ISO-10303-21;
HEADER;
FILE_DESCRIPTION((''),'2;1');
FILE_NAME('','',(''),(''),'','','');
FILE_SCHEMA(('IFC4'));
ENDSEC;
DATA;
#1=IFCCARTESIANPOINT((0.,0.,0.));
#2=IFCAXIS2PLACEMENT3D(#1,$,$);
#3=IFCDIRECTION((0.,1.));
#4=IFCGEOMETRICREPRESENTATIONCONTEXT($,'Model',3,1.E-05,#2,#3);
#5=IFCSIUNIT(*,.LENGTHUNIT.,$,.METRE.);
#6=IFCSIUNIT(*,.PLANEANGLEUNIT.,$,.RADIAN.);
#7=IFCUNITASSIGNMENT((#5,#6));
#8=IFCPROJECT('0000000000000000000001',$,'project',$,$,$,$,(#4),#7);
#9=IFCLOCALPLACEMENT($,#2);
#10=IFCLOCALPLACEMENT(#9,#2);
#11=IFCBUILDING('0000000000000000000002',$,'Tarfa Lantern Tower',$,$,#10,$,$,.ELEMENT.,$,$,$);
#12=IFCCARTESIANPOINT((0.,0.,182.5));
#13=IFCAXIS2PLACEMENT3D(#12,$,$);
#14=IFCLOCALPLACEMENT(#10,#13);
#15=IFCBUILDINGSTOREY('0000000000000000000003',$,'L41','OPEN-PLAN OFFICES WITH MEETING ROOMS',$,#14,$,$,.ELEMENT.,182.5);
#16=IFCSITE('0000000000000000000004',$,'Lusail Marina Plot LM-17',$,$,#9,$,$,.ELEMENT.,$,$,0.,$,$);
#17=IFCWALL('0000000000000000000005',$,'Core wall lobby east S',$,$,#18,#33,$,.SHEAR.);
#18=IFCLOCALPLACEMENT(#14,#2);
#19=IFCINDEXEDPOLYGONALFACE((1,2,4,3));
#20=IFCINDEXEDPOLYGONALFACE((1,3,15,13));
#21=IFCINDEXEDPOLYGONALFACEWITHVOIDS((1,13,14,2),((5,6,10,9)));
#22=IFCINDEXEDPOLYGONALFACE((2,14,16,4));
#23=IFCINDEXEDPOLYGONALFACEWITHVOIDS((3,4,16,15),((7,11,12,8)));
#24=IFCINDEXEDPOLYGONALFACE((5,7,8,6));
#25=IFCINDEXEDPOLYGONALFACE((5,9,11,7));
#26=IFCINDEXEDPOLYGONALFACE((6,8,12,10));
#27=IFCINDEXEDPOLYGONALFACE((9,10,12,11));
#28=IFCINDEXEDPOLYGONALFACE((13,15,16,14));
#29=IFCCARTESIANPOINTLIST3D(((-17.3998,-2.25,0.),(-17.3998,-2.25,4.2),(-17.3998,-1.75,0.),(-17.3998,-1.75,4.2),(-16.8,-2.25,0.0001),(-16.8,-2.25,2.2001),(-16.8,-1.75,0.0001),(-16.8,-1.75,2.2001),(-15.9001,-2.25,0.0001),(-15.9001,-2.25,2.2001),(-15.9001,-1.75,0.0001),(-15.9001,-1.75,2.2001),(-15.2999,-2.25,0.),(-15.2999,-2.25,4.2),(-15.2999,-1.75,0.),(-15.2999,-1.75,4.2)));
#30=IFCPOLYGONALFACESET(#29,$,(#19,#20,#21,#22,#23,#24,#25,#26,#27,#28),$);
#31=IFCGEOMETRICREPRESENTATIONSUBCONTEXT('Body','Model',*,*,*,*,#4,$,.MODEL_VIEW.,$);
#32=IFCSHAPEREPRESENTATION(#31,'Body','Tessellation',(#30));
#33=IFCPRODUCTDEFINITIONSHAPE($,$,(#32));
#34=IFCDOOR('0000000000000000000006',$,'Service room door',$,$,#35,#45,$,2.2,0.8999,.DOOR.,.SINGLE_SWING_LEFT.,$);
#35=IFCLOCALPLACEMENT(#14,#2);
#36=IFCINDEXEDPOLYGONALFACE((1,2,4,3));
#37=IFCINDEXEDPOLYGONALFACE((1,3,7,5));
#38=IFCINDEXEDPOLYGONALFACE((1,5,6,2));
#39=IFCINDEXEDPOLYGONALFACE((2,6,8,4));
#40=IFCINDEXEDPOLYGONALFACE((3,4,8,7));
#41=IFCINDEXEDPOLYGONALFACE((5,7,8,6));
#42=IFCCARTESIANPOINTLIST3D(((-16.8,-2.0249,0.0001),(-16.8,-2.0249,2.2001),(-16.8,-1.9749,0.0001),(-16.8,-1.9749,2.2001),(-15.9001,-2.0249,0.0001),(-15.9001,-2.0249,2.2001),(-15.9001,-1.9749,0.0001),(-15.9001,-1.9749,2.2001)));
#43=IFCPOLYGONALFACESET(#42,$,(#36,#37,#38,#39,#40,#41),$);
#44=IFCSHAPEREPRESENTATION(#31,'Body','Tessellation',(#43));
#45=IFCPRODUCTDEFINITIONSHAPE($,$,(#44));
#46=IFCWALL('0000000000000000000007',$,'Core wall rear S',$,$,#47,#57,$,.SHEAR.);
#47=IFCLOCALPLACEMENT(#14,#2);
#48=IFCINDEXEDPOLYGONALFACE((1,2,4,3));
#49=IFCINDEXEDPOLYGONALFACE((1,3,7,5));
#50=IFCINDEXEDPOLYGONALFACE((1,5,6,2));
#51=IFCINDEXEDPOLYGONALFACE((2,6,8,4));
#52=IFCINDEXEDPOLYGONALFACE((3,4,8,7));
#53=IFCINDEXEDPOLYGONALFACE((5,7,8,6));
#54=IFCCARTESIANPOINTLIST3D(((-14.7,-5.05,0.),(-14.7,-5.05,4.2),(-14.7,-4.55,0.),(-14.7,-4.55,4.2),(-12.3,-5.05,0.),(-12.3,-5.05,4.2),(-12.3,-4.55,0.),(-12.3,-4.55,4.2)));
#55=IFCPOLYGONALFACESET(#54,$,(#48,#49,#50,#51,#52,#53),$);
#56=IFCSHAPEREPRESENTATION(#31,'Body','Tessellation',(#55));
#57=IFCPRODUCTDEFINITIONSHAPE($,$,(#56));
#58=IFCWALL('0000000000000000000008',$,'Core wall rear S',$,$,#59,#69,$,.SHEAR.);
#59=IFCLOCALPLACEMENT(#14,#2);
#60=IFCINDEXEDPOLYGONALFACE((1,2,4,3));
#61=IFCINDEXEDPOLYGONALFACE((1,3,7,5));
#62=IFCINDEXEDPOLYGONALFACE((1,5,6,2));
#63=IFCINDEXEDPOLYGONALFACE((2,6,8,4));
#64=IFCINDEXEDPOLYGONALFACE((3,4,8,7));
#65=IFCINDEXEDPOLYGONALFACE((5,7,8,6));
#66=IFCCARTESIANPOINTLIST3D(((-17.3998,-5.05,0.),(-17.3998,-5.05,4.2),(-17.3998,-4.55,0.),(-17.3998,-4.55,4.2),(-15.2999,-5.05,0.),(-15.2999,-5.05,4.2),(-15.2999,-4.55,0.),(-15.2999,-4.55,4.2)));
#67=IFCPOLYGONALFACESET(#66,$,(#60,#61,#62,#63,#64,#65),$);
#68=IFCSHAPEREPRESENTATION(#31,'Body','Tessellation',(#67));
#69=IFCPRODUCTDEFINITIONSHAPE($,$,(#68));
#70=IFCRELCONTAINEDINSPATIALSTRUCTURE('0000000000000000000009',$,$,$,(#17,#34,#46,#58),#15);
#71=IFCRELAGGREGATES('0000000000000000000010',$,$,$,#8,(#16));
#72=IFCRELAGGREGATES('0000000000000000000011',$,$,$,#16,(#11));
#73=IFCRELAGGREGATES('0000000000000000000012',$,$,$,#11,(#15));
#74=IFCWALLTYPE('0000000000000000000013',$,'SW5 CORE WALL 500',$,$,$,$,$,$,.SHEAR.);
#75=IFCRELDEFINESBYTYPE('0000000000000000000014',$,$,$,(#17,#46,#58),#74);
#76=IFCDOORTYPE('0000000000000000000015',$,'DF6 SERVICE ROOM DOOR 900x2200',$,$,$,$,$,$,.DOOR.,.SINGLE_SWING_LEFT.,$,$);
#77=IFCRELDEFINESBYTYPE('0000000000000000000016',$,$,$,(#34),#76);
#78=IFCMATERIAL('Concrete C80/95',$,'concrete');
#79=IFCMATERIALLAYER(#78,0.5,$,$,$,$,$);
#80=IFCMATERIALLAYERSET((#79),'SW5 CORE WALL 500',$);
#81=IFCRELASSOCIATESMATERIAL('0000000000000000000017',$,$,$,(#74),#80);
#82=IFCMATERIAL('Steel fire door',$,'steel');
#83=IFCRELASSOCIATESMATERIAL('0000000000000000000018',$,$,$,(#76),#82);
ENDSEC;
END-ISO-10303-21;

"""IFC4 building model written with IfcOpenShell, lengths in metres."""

from ifc_helpers import new_model, si_unit, direction, frame, frame_2d, origin, place, context, subcontext, project, spatial, rectangle, extrude, material, layer, layer_set, type_object, element, fill, save


model = new_model("IFC4")

# Units and contexts
model_context = context("Model", 3, precision=1e-05, world=origin(), true_north=direction((0.0, 1.0)))
body_context = subcontext(model_context, "Body", "Model", "MODEL_VIEW")
ifc_project = project(units=[si_unit("LENGTHUNIT", "METRE"), si_unit("PLANEANGLEUNIT", "RADIAN")], contexts=[model_context])

# Site, building, storey
site_placement = place(None, origin())
site = spatial("IfcSite", under=ifc_project, at=site_placement, Name="Lusail Marina Plot LM-17", CompositionType="ELEMENT", RefElevation=0.0)
building_placement = place(site_placement, origin())
building = spatial("IfcBuilding", under=site, at=building_placement, Name="Tarfa Lantern Tower", CompositionType="ELEMENT")
storey_placement = place(building_placement, frame((0.0, 0.0, 182.5)))
storey = spatial("IfcBuildingStorey", under=building, at=storey_placement, Name="L41", Description="OPEN-PLAN OFFICES WITH MEETING ROOMS", CompositionType="ELEMENT", Elevation=182.5)

# Shared definitions
ifc_material_1 = material(Name="Concrete C80/95", Category="concrete")

# Shared definitions
ifc_layer_1 = layer(ifc_material_1, 0.5)
ifc_layer_set_1 = layer_set([ifc_layer_1], Name="SW5 CORE WALL 500")
wall_type_1 = type_object("IfcWallType", Name="SW5 CORE WALL 500", PredefinedType="SHEAR", material=ifc_layer_set_1)

# Wall, opening, door
wall_1_placement = place(storey_placement, frame((-15.3, -2.0, 0.0), z_axis=(0.0, 0.0, 1.0), x_axis=(-1.0, 0.0, 0.0)))
wall_1 = element("IfcWall", 1, at=wall_1_placement, inside=storey, type_object=wall_type_1, Name="Core wall lobby east S", PredefinedType="SHEAR", context=body_context, shape_type="SweptSolid", body=[
    extrude(rectangle(XDim=2.0999, YDim=0.5, at=frame_2d((1.0498, 0.0))), origin(), (0.0, 0.0, 1.0), 4.2),
])
opening_1_placement = place(wall_1_placement, frame((0.6001, 0.0, 0.0)))
opening_1 = element("IfcOpeningElement", 2, at=opening_1_placement, cuts=wall_1, PredefinedType="OPENING", context=body_context, shape_type="SweptSolid", body=[
    extrude(rectangle(XDim=0.8999, YDim=2.2, at=frame_2d((0.45, 1.1001))), frame((0.0, 0.26, 0.0), z_axis=(0.0, -1.0, 0.0), x_axis=(1.0, 0.0, 0.0)), (0.0, 0.0, 1.0), 0.52),
])
ifc_material_2 = material(Name="Steel fire door", Category="steel")
door_type_1 = type_object("IfcDoorType", Name="DF6 SERVICE ROOM DOOR 900x2200", OperationType="SINGLE_SWING_LEFT", PredefinedType="DOOR", material=ifc_material_2)
door_1_placement = place(opening_1_placement, origin())
door_1 = element("IfcDoor", 3, at=door_1_placement, inside=storey, type_object=door_type_1, Name="Service room door", OperationType="SINGLE_SWING_LEFT", OverallHeight=2.2, OverallWidth=0.8999, PredefinedType="DOOR", context=body_context, shape_type="SweptSolid", body=[
    extrude(rectangle(XDim=0.8999, YDim=2.2, at=frame_2d((0.45, 1.1001))), frame((0.0, 0.0249, 0.0), z_axis=(0.0, -1.0, 0.0), x_axis=(1.0, 0.0, 0.0)), (0.0, 0.0, 1.0), 0.05),
])
fill(opening_1, door_1)

# Walls
wall_2_placement = place(storey_placement, frame((-12.3, -4.8, 0.0), z_axis=(0.0, 0.0, 1.0), x_axis=(-1.0, 0.0, 0.0)))
element("IfcWall", 4, at=wall_2_placement, inside=storey, type_object=wall_type_1, Name="Core wall rear S", PredefinedType="SHEAR", context=body_context, shape_type="SweptSolid", body=[
    extrude(rectangle(XDim=2.3999, YDim=0.5, at=frame_2d((1.2, 0.0))), origin(), (0.0, 0.0, 1.0), 4.2),
])
wall_3_placement = place(storey_placement, frame((-15.3, -4.8, 0.0), z_axis=(0.0, 0.0, 1.0), x_axis=(-1.0, 0.0, 0.0)))
element("IfcWall", 5, at=wall_3_placement, inside=storey, type_object=wall_type_1, Name="Core wall rear S", PredefinedType="SHEAR", context=body_context, shape_type="SweptSolid", body=[
    extrude(rectangle(XDim=2.0999, YDim=0.5, at=frame_2d((1.0498, 0.0))), origin(), (0.0, 0.0, 1.0), 4.2),
])

save(model, "model.ifc")
